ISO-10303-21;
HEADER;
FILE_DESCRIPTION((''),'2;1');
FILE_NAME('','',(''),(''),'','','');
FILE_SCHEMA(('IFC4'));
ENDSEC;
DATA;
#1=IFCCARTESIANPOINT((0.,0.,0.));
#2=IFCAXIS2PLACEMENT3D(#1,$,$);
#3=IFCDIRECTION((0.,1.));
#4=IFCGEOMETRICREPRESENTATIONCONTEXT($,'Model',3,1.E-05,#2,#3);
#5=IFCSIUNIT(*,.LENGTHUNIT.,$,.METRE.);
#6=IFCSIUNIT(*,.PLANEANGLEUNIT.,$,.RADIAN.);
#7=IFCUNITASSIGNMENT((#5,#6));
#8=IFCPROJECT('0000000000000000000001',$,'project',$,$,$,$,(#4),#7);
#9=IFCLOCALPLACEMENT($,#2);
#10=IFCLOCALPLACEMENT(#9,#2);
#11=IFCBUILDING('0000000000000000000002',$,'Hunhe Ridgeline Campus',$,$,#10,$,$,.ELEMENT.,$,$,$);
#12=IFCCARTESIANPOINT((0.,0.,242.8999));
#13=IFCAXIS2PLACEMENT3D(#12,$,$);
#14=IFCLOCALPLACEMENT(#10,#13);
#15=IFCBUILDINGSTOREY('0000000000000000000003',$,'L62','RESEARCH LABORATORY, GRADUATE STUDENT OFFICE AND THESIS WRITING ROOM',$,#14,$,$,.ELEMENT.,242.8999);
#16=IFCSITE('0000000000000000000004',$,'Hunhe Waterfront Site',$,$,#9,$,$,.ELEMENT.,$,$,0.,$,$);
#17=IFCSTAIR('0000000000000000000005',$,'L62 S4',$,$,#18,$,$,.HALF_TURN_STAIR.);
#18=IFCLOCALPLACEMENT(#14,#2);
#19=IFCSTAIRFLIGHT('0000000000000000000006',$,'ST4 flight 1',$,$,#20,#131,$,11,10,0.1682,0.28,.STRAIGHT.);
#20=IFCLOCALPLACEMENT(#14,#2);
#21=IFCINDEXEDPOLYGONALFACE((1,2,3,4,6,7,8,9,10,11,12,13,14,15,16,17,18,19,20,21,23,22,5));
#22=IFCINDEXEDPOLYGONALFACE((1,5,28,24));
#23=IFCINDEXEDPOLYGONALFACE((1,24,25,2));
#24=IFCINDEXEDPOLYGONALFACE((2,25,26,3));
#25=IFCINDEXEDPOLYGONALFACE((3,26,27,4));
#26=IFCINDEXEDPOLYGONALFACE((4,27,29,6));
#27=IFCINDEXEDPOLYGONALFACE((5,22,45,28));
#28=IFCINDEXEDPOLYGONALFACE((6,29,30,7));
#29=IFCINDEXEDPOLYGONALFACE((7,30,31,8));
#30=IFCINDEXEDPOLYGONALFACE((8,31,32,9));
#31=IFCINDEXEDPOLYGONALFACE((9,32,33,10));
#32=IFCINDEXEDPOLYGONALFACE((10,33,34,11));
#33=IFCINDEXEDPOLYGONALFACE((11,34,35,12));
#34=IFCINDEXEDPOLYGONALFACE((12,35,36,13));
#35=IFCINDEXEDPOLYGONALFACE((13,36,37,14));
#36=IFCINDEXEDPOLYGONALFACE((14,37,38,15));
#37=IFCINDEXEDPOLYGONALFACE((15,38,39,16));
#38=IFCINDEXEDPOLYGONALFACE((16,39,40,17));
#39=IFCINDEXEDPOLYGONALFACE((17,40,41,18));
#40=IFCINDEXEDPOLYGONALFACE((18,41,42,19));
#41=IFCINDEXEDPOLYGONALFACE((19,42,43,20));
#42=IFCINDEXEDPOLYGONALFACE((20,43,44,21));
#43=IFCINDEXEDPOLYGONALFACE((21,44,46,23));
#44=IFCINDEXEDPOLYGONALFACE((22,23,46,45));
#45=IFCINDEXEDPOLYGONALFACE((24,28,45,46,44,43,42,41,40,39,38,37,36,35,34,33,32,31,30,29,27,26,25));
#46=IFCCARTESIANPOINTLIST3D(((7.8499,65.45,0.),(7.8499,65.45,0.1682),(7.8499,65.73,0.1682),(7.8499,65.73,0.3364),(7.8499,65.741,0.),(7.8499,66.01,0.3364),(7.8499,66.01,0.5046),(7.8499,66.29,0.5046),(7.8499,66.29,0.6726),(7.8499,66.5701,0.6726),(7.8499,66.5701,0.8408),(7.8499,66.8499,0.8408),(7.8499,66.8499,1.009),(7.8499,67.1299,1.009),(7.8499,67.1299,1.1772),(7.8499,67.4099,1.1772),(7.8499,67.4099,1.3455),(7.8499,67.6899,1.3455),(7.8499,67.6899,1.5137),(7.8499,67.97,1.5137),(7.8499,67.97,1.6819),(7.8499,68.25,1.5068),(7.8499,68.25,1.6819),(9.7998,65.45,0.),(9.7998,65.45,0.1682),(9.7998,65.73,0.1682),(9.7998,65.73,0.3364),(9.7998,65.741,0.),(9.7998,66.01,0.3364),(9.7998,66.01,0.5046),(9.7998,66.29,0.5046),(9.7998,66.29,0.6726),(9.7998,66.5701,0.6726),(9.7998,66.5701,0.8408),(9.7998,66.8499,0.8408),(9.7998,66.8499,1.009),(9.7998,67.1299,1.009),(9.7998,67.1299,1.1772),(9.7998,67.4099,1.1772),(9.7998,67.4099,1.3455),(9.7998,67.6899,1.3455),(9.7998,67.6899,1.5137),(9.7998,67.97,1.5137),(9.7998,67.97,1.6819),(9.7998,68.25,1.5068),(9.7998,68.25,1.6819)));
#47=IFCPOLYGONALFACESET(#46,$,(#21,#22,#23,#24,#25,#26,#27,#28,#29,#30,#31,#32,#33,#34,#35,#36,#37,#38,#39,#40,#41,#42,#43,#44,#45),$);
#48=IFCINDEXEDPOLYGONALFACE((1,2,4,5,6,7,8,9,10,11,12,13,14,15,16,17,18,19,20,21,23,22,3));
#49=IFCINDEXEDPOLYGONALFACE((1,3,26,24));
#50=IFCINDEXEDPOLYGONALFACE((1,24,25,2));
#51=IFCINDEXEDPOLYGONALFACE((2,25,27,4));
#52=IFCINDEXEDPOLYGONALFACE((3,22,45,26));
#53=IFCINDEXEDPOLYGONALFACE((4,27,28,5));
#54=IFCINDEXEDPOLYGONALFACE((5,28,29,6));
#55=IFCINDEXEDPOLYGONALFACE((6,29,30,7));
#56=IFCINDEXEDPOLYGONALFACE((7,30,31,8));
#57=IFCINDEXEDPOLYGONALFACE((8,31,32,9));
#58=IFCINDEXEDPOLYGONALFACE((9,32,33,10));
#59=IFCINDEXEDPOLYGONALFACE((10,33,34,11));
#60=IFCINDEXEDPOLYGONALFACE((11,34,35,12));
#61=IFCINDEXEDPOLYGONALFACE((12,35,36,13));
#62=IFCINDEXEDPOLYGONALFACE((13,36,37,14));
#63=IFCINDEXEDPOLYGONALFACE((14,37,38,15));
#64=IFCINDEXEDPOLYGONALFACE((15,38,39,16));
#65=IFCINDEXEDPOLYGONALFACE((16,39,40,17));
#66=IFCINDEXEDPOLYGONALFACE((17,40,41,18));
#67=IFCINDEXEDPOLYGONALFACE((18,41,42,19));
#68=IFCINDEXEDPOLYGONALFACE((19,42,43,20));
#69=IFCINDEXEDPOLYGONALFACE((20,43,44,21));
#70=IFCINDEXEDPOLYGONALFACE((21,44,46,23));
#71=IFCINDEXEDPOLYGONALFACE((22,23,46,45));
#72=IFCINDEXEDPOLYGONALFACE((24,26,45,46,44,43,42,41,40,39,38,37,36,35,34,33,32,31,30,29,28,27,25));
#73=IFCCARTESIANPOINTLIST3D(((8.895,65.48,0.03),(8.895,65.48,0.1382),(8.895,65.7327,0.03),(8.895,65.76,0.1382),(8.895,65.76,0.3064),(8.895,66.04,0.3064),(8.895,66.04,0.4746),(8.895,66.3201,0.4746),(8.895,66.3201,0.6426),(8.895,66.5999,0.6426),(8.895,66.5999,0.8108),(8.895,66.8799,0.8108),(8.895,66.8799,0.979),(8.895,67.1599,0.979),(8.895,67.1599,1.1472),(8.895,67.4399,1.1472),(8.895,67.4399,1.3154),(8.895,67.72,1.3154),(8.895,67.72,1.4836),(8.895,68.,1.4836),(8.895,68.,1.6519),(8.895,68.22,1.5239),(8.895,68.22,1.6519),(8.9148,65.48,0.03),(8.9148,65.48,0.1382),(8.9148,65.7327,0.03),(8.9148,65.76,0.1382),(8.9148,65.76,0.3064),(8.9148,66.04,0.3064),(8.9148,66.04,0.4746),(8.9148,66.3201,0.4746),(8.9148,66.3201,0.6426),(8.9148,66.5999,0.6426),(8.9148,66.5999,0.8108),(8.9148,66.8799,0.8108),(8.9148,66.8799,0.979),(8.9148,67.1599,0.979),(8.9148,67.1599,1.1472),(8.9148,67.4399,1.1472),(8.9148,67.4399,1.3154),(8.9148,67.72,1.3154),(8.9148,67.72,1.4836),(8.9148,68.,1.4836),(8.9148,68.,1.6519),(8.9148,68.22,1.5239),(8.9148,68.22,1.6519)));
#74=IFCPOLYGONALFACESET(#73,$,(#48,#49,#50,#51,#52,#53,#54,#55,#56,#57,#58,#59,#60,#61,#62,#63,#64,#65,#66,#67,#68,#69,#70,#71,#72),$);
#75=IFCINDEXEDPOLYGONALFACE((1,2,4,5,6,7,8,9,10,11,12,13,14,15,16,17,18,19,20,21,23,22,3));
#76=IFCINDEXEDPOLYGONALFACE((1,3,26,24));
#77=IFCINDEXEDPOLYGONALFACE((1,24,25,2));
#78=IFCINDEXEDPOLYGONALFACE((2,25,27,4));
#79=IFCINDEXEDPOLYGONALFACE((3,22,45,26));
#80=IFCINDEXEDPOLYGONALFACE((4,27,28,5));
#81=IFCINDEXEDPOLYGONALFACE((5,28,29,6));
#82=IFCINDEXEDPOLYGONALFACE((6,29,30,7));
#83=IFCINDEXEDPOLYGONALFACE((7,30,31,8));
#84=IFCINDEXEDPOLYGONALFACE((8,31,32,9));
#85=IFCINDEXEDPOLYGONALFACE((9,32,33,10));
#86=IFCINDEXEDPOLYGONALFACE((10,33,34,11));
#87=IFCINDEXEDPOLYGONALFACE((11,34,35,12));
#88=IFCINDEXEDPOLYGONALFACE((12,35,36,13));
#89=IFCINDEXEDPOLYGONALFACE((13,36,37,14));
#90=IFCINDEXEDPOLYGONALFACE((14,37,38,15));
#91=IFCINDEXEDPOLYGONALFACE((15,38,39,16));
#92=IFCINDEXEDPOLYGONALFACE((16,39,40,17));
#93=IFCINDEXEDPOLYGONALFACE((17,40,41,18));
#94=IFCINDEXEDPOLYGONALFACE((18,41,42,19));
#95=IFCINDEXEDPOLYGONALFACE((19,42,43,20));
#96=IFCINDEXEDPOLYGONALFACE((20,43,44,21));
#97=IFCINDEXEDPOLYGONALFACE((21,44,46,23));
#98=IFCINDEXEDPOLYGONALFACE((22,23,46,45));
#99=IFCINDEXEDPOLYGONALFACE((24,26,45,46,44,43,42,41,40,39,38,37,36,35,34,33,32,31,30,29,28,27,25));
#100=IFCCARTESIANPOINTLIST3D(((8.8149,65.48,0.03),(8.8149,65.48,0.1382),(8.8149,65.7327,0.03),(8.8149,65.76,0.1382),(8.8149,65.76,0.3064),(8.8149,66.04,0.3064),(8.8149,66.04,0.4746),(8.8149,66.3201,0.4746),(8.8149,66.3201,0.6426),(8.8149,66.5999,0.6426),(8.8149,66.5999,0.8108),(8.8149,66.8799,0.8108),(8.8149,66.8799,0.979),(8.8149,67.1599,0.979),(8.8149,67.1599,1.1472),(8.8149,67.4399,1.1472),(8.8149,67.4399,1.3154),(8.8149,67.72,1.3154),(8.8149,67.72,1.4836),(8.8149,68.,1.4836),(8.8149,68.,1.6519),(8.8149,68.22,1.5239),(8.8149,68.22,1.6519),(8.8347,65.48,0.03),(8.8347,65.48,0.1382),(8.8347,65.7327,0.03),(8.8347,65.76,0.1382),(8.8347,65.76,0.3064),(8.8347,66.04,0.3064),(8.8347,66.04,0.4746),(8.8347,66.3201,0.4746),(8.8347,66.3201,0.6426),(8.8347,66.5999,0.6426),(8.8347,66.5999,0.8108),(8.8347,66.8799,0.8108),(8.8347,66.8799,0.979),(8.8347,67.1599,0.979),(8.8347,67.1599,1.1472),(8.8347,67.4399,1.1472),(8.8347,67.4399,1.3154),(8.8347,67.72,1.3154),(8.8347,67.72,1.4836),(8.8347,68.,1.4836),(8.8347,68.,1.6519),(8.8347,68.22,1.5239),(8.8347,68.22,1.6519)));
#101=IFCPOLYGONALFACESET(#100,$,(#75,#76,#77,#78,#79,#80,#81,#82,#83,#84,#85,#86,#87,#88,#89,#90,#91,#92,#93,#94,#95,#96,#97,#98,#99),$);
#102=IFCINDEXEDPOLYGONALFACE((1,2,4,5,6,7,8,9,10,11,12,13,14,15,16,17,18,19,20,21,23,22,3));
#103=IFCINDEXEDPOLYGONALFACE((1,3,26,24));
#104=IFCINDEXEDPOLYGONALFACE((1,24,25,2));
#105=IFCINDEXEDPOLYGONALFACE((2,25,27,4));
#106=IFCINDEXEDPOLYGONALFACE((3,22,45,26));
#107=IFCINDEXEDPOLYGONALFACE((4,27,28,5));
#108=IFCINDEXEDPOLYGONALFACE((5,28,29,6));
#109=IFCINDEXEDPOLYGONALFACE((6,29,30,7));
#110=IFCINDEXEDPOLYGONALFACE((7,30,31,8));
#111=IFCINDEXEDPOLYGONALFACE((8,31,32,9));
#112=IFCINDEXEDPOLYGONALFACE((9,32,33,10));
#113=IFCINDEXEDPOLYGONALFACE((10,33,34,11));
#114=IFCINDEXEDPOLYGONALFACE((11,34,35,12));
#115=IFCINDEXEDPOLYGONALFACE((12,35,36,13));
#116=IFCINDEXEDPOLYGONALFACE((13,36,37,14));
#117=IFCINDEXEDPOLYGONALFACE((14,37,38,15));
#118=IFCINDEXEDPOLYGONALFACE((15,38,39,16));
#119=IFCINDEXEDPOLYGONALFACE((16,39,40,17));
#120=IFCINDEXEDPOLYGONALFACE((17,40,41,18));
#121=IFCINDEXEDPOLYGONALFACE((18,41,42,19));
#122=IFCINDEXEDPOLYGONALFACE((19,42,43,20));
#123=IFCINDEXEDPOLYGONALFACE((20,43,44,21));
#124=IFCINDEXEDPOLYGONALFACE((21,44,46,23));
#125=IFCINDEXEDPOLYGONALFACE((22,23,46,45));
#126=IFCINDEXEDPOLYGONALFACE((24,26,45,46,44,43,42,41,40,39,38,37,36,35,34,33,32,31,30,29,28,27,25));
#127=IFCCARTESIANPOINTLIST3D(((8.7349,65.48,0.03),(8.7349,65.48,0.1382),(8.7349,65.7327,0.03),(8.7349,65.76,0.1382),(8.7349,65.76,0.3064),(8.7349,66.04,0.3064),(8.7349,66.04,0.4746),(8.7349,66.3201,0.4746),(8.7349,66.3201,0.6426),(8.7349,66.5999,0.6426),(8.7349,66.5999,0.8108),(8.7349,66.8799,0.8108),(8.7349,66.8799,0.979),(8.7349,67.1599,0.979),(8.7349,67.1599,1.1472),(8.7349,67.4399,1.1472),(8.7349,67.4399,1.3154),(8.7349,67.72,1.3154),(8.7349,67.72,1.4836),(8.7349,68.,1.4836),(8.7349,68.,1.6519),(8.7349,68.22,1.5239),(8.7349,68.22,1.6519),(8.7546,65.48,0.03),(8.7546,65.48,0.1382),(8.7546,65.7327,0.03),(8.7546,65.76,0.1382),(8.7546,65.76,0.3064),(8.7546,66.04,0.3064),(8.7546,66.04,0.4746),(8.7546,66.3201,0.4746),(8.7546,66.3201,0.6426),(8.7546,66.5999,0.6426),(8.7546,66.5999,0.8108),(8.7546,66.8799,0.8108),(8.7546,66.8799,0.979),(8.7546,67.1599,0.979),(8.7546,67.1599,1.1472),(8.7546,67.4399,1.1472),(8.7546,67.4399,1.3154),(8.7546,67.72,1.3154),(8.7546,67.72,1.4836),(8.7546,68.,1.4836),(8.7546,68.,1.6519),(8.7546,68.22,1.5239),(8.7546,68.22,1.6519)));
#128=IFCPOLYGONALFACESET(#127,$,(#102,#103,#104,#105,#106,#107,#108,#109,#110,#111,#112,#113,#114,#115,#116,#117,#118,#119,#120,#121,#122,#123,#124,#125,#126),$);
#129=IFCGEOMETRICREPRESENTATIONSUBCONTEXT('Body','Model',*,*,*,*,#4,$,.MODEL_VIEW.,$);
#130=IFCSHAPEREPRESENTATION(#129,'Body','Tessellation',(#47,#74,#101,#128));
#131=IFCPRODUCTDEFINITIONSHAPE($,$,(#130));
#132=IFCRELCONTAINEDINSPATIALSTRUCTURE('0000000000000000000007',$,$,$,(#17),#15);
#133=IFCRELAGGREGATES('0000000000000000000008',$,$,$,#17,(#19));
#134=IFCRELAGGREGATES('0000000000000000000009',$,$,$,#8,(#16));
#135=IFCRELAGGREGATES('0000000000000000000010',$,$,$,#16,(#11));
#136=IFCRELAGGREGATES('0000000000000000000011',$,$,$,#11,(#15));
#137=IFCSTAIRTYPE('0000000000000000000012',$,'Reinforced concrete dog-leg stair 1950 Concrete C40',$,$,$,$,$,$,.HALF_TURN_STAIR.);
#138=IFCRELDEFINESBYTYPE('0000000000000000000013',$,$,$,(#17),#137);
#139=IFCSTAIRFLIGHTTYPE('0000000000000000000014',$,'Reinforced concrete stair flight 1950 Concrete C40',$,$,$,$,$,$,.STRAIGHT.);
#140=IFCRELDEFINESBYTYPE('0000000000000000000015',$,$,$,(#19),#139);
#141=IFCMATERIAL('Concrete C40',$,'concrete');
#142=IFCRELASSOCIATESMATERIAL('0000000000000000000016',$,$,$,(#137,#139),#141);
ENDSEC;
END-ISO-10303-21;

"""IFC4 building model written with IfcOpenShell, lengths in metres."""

from ifc_helpers import new_model, si_unit, direction, frame, origin, place, context, subcontext, project, spatial, polyline, outline, extrude, material, type_object, element, aggregate, save


model = new_model("IFC4")

# Units and contexts
model_context = context("Model", 3, precision=1e-05, world=origin(), true_north=direction((0.0, 1.0)))
body_context = subcontext(model_context, "Body", "Model", "MODEL_VIEW")
ifc_project = project(units=[si_unit("LENGTHUNIT", "METRE"), si_unit("PLANEANGLEUNIT", "RADIAN")], contexts=[model_context])

# Site, building, storey
site_placement = place(None, origin())
site = spatial("IfcSite", under=ifc_project, at=site_placement, Name="Hunhe Waterfront Site", CompositionType="ELEMENT", RefElevation=0.0)
building_placement = place(site_placement, origin())
building = spatial("IfcBuilding", under=site, at=building_placement, Name="Hunhe Ridgeline Campus", CompositionType="ELEMENT")
storey_placement = place(building_placement, frame((0.0, 0.0, 242.8999)))
storey = spatial("IfcBuildingStorey", under=building, at=storey_placement, Name="L62", Description="RESEARCH LABORATORY, GRADUATE STUDENT OFFICE AND THESIS WRITING ROOM", CompositionType="ELEMENT", Elevation=242.8999)

# Stair, stair flight
ifc_material_1 = material(Name="Concrete C40", Category="concrete")
stair_type = type_object("IfcStairType", Name="Reinforced concrete dog-leg stair 1950 Concrete C40", PredefinedType="HALF_TURN_STAIR", material=ifc_material_1)
stair_flight_type = type_object("IfcStairFlightType", Name="Reinforced concrete stair flight 1950 Concrete C40", PredefinedType="STRAIGHT", material=ifc_material_1)
stair_1_placement = place(storey_placement, origin())
stair_1 = element("IfcStair", 1, at=stair_1_placement, inside=storey, type_object=stair_type, Name="L62 S4", PredefinedType="HALF_TURN_STAIR")
stair_flight_1_placement = place(storey_placement, frame((8.825, 65.45, 0.0), z_axis=(0.0, 0.0, 1.0), x_axis=(0.0, 1.0, 0.0)))
stair_flight_1 = element("IfcStairFlight", 2, at=stair_flight_1_placement, type_object=stair_flight_type, Name="ST4 flight 1", NumberOfRisers=11, NumberOfTreads=10, PredefinedType="STRAIGHT", RiserHeight=0.1682, TreadLength=0.28, context=body_context, shape_type="SweptSolid", body=[
    extrude(outline(polyline([(0.0, 0.0), (0.0, 0.1682), (0.28, 0.1682), (0.28, 0.3364), (0.5601, 0.3364), (0.5601, 0.5046), (0.8401, 0.5046), (0.8401, 0.6726), (1.1201, 0.6726), (1.1201, 0.8408), (1.3999, 0.8408), (1.3999, 1.009), (1.6799, 1.009), (1.6799, 1.1772), (1.96, 1.1772), (1.96, 1.3455), (2.24, 1.3455), (2.24, 1.5137), (2.52, 1.5137), (2.52, 1.6819), (2.8, 1.6819), (2.8, 1.8501), (2.8, 1.5068), (0.291, 0.0), (0.0, 0.0)])), frame((0.0, 0.9751, 0.0), z_axis=(0.0, -1.0, 0.0), x_axis=(1.0, 0.0, 0.0)), (0.0, 0.0, 1.0), 1.95),
    extrude(outline(polyline([(0.03, 0.03), (0.03, 0.1382), (0.3101, 0.1382), (0.3101, 0.3064), (0.5901, 0.3064), (0.5901, 0.4746), (0.8701, 0.4746), (0.8701, 0.6426), (1.1499, 0.6426), (1.1499, 0.8108), (1.4299, 0.8108), (1.4299, 0.979), (1.71, 0.979), (1.71, 1.1472), (1.99, 1.1472), (1.99, 1.3154), (2.27, 1.3154), (2.27, 1.4836), (2.55, 1.4836), (2.55, 1.6519), (2.77, 1.6519), (2.77, 1.5239), (0.2827, 0.03), (0.03, 0.03)])), frame((0.0, -0.0701, 0.0), z_axis=(0.0, -1.0, 0.0), x_axis=(1.0, 0.0, 0.0)), (0.0, 0.0, 1.0), 0.0198),
    extrude(outline(polyline([(0.03, 0.03), (0.03, 0.1382), (0.3101, 0.1382), (0.3101, 0.3064), (0.5901, 0.3064), (0.5901, 0.4746), (0.8701, 0.4746), (0.8701, 0.6426), (1.1499, 0.6426), (1.1499, 0.8108), (1.4299, 0.8108), (1.4299, 0.979), (1.71, 0.979), (1.71, 1.1472), (1.99, 1.1472), (1.99, 1.3154), (2.27, 1.3154), (2.27, 1.4836), (2.55, 1.4836), (2.55, 1.6519), (2.77, 1.6519), (2.77, 1.5239), (0.2827, 0.03), (0.03, 0.03)])), frame((0.0, 0.01, 0.0), z_axis=(0.0, -1.0, 0.0), x_axis=(1.0, 0.0, 0.0)), (0.0, 0.0, 1.0), 0.0198),
    extrude(outline(polyline([(0.03, 0.03), (0.03, 0.1382), (0.3101, 0.1382), (0.3101, 0.3064), (0.5901, 0.3064), (0.5901, 0.4746), (0.8701, 0.4746), (0.8701, 0.6426), (1.1499, 0.6426), (1.1499, 0.8108), (1.4299, 0.8108), (1.4299, 0.979), (1.71, 0.979), (1.71, 1.1472), (1.99, 1.1472), (1.99, 1.3154), (2.27, 1.3154), (2.27, 1.4836), (2.55, 1.4836), (2.55, 1.6519), (2.77, 1.6519), (2.77, 1.5239), (0.2827, 0.03), (0.03, 0.03)])), frame((0.0, 0.0901, 0.0), z_axis=(0.0, -1.0, 0.0), x_axis=(1.0, 0.0, 0.0)), (0.0, 0.0, 1.0), 0.0198),
])
aggregate(stair_1, [stair_flight_1])

save(model, "model.ifc")
